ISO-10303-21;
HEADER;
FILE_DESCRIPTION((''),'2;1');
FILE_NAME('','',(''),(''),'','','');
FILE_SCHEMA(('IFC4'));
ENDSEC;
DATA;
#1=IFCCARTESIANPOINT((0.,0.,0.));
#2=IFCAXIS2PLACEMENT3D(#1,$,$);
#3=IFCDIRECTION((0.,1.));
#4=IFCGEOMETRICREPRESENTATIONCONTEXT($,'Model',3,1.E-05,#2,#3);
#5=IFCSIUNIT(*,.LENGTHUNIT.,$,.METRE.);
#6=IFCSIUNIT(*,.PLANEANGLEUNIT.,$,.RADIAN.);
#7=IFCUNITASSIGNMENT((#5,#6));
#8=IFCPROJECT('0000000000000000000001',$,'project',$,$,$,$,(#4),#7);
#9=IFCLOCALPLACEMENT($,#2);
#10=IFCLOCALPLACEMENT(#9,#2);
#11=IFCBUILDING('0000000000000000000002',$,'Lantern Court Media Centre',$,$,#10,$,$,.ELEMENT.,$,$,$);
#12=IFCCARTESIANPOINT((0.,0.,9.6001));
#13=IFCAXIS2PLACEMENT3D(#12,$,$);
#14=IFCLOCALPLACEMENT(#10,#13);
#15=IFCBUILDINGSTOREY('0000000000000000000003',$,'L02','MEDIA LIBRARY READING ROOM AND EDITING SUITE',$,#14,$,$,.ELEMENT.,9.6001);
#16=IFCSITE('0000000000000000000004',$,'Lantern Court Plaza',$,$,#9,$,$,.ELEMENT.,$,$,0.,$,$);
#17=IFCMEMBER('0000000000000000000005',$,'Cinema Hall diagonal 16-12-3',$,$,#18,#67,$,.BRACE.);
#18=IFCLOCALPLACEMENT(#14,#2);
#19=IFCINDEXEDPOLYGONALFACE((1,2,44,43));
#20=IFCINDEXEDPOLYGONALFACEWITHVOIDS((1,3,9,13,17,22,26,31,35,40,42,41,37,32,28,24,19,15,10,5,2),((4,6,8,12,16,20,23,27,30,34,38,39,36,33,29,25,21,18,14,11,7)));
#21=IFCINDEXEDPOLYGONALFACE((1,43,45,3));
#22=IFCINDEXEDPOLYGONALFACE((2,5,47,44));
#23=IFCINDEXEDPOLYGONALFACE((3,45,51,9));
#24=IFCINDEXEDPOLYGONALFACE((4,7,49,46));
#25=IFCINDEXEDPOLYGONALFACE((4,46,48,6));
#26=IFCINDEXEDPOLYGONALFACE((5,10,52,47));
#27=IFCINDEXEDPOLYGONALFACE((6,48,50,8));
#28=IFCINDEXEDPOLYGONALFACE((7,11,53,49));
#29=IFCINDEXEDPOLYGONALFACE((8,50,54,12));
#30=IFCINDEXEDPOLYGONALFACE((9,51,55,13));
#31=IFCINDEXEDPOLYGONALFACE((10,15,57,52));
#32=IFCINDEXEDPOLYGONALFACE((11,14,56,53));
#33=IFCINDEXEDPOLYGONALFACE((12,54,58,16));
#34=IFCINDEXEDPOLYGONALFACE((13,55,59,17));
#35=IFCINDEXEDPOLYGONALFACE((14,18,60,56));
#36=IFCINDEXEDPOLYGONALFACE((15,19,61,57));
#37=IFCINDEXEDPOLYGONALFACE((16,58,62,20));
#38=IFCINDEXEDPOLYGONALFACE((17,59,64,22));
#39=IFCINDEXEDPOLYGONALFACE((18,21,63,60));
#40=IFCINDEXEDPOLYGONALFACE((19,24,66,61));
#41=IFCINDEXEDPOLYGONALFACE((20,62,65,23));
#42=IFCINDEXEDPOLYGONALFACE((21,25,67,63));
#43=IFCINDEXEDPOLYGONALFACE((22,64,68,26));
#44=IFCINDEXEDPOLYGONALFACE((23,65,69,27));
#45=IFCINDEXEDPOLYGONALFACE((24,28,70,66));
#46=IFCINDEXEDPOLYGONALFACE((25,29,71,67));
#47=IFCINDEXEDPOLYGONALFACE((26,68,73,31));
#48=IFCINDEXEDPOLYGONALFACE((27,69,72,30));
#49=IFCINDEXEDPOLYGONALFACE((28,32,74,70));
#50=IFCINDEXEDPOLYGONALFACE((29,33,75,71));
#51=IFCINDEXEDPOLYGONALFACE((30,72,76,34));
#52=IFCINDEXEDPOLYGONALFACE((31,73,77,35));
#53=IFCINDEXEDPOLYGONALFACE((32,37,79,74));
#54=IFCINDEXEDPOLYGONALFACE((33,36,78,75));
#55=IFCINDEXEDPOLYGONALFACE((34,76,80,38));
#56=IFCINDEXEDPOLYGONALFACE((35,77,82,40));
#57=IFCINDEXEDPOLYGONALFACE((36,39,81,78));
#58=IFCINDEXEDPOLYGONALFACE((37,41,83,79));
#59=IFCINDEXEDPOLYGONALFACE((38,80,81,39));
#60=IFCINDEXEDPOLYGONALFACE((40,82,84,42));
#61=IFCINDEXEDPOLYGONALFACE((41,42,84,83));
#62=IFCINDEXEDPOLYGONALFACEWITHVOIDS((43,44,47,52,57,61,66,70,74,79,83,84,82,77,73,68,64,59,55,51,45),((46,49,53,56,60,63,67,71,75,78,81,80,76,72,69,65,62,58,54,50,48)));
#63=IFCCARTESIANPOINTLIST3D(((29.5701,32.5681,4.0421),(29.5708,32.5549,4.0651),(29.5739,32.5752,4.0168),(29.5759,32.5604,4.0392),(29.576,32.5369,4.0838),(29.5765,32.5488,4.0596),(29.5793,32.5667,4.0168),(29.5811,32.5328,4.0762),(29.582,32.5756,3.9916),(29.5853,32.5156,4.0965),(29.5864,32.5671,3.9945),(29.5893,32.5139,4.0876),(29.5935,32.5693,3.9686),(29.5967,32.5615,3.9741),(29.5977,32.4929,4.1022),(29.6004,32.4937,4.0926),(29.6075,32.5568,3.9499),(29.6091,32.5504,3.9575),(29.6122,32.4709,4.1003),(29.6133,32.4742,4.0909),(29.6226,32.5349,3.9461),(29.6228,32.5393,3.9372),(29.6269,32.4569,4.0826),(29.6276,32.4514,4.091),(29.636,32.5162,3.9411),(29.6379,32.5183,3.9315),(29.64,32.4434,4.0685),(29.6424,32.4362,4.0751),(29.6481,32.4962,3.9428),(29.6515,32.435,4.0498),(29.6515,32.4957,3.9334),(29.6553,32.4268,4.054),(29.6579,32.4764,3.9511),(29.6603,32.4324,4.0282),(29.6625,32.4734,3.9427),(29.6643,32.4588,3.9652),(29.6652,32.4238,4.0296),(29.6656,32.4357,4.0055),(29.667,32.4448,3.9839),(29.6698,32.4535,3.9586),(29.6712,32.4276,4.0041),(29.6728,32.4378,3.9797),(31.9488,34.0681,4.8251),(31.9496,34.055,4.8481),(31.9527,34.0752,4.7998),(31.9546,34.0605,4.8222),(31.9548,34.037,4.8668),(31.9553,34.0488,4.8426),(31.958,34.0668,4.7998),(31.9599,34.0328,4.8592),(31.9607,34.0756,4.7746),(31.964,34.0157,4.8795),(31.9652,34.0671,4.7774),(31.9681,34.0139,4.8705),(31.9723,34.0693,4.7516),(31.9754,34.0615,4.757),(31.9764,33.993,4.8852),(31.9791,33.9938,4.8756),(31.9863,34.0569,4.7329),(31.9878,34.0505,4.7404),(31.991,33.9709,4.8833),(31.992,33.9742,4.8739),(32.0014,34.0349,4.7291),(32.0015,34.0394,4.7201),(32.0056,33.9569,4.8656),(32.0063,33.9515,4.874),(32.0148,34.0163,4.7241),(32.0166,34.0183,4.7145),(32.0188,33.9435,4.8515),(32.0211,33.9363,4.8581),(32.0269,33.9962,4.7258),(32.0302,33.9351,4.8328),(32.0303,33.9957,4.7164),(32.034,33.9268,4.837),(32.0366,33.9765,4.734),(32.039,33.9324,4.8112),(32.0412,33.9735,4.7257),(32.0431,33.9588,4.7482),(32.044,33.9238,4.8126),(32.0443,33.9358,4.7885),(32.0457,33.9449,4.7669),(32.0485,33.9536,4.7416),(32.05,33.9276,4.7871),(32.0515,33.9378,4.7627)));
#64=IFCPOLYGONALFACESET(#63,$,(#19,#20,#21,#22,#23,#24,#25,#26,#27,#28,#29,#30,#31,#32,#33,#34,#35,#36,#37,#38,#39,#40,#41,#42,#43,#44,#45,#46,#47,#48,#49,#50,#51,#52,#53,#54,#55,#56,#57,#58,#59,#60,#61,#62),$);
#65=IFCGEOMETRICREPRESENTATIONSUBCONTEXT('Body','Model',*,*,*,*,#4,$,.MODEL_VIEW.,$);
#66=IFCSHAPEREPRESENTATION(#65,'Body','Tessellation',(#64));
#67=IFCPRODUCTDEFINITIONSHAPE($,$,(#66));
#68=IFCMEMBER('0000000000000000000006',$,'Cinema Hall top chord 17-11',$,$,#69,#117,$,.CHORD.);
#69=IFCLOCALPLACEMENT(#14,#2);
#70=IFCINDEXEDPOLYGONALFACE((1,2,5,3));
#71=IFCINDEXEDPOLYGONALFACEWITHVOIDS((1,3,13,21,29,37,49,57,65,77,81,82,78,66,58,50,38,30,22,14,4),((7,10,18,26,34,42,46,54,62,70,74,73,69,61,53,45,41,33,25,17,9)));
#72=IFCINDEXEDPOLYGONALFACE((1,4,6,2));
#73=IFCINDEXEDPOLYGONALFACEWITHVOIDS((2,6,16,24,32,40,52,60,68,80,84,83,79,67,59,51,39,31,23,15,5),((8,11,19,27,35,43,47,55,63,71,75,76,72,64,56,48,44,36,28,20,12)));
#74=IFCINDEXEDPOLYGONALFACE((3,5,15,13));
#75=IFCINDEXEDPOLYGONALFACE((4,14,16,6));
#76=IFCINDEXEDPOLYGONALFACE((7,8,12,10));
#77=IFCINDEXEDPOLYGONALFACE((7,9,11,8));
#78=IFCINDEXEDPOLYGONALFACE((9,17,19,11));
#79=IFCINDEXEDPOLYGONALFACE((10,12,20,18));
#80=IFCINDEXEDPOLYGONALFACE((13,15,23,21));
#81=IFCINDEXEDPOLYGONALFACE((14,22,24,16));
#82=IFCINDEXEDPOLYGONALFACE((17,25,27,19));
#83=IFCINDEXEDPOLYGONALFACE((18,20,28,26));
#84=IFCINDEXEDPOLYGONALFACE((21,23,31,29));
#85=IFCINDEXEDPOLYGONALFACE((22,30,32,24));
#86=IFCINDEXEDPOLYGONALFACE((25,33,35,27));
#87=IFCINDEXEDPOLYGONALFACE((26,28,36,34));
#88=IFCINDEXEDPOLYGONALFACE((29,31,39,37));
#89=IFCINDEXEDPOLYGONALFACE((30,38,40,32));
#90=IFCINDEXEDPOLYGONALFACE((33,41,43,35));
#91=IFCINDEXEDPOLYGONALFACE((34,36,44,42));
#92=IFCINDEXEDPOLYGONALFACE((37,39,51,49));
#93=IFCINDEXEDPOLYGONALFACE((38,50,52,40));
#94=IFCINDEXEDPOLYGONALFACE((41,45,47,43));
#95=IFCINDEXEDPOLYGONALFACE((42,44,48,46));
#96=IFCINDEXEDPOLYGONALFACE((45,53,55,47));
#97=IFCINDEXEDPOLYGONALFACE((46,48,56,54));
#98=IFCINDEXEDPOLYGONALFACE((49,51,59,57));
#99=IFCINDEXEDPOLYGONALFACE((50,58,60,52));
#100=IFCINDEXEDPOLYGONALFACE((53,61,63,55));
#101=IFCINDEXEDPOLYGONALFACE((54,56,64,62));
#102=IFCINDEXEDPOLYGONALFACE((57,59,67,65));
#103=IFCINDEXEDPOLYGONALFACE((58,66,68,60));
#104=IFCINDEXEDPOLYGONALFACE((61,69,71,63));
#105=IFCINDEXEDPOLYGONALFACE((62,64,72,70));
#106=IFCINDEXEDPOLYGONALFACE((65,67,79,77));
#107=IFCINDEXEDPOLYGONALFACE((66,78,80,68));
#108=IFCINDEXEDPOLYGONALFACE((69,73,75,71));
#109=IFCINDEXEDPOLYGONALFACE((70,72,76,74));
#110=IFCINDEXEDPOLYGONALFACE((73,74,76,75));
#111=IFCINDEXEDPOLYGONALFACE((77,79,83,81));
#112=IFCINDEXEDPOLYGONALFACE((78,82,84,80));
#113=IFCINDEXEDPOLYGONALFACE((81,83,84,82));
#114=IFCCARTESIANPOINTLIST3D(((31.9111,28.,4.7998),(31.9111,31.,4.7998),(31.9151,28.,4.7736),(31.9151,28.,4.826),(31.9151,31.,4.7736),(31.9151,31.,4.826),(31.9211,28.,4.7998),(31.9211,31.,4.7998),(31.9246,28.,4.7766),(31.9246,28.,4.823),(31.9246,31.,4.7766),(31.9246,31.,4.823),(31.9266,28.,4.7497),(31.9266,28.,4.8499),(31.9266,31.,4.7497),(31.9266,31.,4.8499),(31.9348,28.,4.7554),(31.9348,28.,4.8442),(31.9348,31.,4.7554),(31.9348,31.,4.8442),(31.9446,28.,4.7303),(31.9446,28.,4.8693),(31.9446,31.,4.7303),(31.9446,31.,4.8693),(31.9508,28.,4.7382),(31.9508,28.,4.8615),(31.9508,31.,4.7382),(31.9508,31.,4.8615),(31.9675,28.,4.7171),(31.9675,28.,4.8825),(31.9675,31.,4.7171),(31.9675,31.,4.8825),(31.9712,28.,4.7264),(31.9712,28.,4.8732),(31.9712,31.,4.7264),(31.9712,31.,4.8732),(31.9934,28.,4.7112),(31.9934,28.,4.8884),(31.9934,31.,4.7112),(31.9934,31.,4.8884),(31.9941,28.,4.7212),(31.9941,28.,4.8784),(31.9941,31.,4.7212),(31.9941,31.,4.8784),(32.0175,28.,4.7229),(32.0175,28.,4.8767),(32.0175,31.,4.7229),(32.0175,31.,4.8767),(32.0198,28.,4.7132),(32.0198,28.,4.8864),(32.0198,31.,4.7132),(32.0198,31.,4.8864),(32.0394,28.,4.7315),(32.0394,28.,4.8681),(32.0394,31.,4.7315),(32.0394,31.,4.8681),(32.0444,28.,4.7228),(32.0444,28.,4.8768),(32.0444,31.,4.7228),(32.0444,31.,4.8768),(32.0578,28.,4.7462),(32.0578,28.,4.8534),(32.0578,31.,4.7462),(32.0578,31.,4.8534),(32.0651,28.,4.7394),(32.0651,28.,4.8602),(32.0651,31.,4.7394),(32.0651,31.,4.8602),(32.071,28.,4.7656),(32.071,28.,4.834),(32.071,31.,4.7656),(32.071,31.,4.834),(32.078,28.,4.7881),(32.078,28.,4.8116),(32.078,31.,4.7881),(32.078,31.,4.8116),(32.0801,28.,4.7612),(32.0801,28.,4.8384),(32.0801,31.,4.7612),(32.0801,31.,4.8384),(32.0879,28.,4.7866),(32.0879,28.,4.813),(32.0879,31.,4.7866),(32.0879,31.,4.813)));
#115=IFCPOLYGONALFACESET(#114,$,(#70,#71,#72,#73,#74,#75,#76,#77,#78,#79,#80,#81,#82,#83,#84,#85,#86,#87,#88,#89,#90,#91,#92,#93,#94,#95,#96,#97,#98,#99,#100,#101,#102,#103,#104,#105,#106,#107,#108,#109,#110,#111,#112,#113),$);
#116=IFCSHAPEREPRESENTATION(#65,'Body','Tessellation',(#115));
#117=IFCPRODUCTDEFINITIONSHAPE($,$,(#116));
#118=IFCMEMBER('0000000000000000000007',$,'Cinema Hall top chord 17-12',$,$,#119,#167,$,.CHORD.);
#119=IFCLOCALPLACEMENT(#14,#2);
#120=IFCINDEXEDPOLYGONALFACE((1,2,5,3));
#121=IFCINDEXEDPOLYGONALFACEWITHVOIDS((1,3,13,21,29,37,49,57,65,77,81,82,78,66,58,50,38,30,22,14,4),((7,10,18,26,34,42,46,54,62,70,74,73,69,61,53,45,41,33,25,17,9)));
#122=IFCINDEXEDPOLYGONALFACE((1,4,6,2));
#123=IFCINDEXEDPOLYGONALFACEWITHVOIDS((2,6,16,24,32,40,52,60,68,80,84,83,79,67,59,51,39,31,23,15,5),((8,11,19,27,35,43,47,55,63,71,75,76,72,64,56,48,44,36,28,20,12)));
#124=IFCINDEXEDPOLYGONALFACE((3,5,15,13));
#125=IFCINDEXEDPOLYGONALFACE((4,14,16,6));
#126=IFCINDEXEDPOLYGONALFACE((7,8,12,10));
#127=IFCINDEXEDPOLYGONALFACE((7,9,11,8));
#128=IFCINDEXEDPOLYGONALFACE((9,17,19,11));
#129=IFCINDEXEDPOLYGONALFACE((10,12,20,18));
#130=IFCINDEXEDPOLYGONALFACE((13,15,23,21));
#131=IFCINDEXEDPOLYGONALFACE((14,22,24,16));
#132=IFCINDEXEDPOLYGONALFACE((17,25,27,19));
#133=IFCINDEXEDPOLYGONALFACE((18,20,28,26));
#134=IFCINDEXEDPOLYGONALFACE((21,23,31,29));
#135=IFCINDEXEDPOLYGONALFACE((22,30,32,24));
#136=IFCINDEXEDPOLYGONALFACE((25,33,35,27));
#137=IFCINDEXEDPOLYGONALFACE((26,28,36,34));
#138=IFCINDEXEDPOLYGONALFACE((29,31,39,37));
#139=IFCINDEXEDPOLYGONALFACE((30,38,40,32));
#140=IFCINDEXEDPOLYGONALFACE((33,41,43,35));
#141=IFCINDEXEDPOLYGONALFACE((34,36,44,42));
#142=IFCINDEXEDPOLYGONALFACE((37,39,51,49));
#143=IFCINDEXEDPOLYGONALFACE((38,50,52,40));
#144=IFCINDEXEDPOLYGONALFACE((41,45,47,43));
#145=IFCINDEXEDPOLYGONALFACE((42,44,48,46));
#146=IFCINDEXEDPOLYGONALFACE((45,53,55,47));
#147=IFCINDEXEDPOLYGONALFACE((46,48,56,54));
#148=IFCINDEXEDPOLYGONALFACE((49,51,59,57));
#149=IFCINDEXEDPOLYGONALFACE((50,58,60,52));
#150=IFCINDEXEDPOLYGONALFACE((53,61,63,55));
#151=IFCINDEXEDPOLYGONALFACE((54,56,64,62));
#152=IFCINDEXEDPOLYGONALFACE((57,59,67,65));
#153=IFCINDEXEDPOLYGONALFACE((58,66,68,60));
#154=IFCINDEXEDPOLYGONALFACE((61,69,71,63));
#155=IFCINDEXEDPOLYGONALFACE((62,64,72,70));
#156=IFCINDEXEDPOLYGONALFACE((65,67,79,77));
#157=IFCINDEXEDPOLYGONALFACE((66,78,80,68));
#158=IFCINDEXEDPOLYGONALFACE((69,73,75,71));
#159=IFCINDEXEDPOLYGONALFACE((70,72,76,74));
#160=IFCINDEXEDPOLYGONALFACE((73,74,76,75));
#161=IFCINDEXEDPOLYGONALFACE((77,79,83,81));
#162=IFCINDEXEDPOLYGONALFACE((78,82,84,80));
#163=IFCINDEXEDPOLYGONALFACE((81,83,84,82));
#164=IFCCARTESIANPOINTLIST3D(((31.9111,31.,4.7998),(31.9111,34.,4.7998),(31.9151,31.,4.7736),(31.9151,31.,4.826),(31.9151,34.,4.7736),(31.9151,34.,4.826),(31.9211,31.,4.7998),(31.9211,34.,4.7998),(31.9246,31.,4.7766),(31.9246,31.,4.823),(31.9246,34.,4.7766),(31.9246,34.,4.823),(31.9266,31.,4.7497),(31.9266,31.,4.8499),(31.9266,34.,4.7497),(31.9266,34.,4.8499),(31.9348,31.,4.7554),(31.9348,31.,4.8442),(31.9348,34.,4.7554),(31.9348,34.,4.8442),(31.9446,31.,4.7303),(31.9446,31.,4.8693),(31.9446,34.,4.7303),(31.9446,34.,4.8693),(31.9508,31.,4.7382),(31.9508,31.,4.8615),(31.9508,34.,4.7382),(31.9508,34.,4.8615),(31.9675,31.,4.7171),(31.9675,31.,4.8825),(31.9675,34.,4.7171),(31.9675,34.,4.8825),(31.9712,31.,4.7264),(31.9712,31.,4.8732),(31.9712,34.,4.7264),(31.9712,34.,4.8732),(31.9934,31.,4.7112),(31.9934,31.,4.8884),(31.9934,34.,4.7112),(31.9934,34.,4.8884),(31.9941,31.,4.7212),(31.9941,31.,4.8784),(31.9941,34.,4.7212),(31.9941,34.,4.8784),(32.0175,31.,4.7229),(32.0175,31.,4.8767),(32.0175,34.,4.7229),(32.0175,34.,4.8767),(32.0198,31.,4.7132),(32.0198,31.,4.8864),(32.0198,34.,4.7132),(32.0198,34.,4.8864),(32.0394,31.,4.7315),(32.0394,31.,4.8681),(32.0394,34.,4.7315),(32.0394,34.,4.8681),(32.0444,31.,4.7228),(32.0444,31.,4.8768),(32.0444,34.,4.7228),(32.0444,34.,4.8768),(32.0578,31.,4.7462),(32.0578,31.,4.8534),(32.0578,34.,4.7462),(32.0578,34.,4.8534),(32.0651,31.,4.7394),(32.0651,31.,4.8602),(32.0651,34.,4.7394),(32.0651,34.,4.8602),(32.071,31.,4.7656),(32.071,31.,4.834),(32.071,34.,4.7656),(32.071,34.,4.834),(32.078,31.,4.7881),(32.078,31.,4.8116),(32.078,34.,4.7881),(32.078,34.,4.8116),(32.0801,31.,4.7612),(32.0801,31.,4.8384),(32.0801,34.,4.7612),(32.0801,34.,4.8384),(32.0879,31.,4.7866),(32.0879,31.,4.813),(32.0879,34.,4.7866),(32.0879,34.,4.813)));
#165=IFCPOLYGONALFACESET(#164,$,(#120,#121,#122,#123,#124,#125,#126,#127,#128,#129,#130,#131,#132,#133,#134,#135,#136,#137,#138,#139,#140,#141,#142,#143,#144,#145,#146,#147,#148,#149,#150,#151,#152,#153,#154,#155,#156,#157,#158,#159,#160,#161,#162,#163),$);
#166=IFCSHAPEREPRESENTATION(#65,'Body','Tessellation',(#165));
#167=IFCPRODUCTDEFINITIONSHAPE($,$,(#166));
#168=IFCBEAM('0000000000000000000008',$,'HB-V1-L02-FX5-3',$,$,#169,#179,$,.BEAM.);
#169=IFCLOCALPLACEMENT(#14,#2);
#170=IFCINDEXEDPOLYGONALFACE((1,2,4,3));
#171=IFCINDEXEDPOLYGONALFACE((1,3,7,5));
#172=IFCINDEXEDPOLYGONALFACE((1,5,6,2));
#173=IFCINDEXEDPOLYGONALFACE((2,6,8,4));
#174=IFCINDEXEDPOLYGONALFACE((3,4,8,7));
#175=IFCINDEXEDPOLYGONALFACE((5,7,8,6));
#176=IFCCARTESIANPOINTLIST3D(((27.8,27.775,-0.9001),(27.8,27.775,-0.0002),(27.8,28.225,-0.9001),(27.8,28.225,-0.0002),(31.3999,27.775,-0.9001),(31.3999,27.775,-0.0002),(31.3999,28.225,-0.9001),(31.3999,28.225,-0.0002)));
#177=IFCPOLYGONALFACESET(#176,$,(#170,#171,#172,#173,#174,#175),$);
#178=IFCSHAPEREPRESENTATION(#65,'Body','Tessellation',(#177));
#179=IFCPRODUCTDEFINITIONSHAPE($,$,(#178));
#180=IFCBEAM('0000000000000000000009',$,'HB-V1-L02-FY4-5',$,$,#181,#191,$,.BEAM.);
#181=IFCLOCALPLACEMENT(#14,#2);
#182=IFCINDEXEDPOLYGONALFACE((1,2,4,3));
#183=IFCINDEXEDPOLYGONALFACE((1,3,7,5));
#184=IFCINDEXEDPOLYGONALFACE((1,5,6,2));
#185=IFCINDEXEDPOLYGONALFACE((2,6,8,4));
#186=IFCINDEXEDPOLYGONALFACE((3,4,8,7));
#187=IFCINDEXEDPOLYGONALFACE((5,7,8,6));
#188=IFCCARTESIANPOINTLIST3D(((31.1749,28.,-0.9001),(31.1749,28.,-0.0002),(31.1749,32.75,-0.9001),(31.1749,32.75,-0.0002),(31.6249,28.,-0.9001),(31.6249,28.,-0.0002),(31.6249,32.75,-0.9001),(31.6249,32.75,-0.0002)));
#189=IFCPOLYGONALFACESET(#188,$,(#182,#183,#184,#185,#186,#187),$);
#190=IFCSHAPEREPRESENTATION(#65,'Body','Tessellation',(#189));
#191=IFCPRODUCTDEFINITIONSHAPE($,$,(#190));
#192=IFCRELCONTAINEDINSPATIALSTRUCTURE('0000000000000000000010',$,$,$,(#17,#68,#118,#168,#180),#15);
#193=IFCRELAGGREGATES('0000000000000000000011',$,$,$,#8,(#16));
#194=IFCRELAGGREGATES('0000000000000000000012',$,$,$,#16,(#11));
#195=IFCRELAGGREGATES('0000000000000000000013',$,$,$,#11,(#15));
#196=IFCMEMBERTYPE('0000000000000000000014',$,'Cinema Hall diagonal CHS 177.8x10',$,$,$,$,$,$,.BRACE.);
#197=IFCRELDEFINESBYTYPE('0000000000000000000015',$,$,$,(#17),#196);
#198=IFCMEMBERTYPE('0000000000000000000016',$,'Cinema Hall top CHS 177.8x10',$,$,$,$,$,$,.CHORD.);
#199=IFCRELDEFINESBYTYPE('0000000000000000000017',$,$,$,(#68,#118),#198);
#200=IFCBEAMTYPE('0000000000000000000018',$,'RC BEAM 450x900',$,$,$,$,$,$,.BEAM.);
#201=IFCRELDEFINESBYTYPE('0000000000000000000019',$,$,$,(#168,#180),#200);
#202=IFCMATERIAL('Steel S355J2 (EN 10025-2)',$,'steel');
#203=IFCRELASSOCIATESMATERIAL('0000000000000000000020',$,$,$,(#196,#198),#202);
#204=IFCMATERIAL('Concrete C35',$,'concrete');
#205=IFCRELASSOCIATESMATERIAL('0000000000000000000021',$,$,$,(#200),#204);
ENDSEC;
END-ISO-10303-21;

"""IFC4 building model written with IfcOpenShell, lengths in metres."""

from ifc_helpers import new_model, si_unit, direction, frame, origin, origin_2d, place, context, subcontext, project, spatial, rectangle, hollow_circle, extrude, material, material_profile, profile_set, type_object, element, save


model = new_model("IFC4")

# Units and contexts
model_context = context("Model", 3, precision=1e-05, world=origin(), true_north=direction((0.0, 1.0)))
body_context = subcontext(model_context, "Body", "Model", "MODEL_VIEW")
ifc_project = project(units=[si_unit("LENGTHUNIT", "METRE"), si_unit("PLANEANGLEUNIT", "RADIAN")], contexts=[model_context])

# Site, building, storey
site_placement = place(None, origin())
site = spatial("IfcSite", under=ifc_project, at=site_placement, Name="Lantern Court Plaza", CompositionType="ELEMENT", RefElevation=0.0)
building_placement = place(site_placement, origin())
building = spatial("IfcBuilding", under=site, at=building_placement, Name="Lantern Court Media Centre", CompositionType="ELEMENT")
storey_placement = place(building_placement, frame((0.0, 0.0, 9.6001)))
storey = spatial("IfcBuildingStorey", under=building, at=storey_placement, Name="L02", Description="MEDIA LIBRARY READING ROOM AND EDITING SUITE", CompositionType="ELEMENT", Elevation=9.6001)

# Shared definitions
ifc_material_1 = material(Name="Concrete C35", Category="concrete")

# Members
ifc_material_2 = material(Name="Steel S355J2 (EN 10025-2)", Category="steel")
ifc_material_profile_1 = material_profile(ifc_material_2, hollow_circle(Radius=0.0889, WallThickness=0.01, at=origin_2d()), Name="Cinema Hall diagonal CHS 177.8x10")
ifc_profile_set_1 = profile_set([ifc_material_profile_1], Name="Steel S355J2 (EN 10025-2)")
member_type_1 = type_object("IfcMemberType", Name="Cinema Hall diagonal CHS 177.8x10", PredefinedType="BRACE", material=ifc_profile_set_1)
for number, where, z_axis, x_axis, name in (
    (1, (29.6213, 32.5, 4.0168), (0.814866, 0.51386, 0.268221), (-0.533405, 0.84586, 0.0), "Cinema Hall diagonal 16-12-3"),
):
    element("IfcMember", number, at=place(storey_placement, frame(where, z_axis=z_axis, x_axis=x_axis)), inside=storey, type_object=member_type_1, Name=name, PredefinedType="BRACE", context=body_context, shape_type="SweptSolid", body=[
        extrude(hollow_circle(Radius=0.0889, WallThickness=0.01, at=origin_2d()), origin(), (0.0, 0.0, 1.0), 2.9192),
    ])
ifc_material_profile_2 = material_profile(ifc_material_2, hollow_circle(Radius=0.0889, WallThickness=0.01, at=origin_2d()), Name="Cinema Hall top CHS 177.8x10")
ifc_profile_set_2 = profile_set([ifc_material_profile_2], Name="Steel S355J2 (EN 10025-2)")
member_type_2 = type_object("IfcMemberType", Name="Cinema Hall top CHS 177.8x10", PredefinedType="CHORD", material=ifc_profile_set_2)
for number, where, z_axis, x_axis, name in (
    (2, (32.0, 28.0, 4.7998), (0.0, 1.0, 0.0), (-1.0, 0.0, 0.0), "Cinema Hall top chord 17-11"),
    (3, (32.0, 31.0, 4.7998), (0.0, 1.0, 0.0), (-1.0, 0.0, 0.0), "Cinema Hall top chord 17-12"),
):
    element("IfcMember", number, at=place(storey_placement, frame(where, z_axis=z_axis, x_axis=x_axis)), inside=storey, type_object=member_type_2, Name=name, PredefinedType="CHORD", context=body_context, shape_type="SweptSolid", body=[
        extrude(hollow_circle(Radius=0.0889, WallThickness=0.01, at=origin_2d()), origin(), (0.0, 0.0, 1.0), 3.0),
    ])

# Beams
ifc_material_profile_3 = material_profile(ifc_material_1, rectangle(XDim=0.45, YDim=0.8999, at=origin_2d()), Name="RC 450x900")
ifc_profile_set_3 = profile_set([ifc_material_profile_3], Name="Concrete C35")
beam_type = type_object("IfcBeamType", Name="RC BEAM 450x900", PredefinedType="BEAM", material=ifc_profile_set_3)
beam_1_placement = place(storey_placement, frame((27.8, 28.0, -0.4502), z_axis=(1.0, 0.0, 0.0), x_axis=(0.0, 1.0, 0.0)))
element("IfcBeam", 4, at=beam_1_placement, inside=storey, type_object=beam_type, Name="HB-V1-L02-FX5-3", PredefinedType="BEAM", context=body_context, shape_type="SweptSolid", body=[
    extrude(rectangle(XDim=0.45, YDim=0.8999, at=origin_2d()), origin(), (0.0, 0.0, 1.0), 3.5999),
])
beam_2_placement = place(storey_placement, frame((31.3999, 28.0, -0.4502), z_axis=(0.0, 1.0, 0.0), x_axis=(-1.0, 0.0, 0.0)))
element("IfcBeam", 5, at=beam_2_placement, inside=storey, type_object=beam_type, Name="HB-V1-L02-FY4-5", PredefinedType="BEAM", context=body_context, shape_type="SweptSolid", body=[
    extrude(rectangle(XDim=0.45, YDim=0.8999, at=origin_2d()), origin(), (0.0, 0.0, 1.0), 4.75),
])

save(model, "model.ifc")
